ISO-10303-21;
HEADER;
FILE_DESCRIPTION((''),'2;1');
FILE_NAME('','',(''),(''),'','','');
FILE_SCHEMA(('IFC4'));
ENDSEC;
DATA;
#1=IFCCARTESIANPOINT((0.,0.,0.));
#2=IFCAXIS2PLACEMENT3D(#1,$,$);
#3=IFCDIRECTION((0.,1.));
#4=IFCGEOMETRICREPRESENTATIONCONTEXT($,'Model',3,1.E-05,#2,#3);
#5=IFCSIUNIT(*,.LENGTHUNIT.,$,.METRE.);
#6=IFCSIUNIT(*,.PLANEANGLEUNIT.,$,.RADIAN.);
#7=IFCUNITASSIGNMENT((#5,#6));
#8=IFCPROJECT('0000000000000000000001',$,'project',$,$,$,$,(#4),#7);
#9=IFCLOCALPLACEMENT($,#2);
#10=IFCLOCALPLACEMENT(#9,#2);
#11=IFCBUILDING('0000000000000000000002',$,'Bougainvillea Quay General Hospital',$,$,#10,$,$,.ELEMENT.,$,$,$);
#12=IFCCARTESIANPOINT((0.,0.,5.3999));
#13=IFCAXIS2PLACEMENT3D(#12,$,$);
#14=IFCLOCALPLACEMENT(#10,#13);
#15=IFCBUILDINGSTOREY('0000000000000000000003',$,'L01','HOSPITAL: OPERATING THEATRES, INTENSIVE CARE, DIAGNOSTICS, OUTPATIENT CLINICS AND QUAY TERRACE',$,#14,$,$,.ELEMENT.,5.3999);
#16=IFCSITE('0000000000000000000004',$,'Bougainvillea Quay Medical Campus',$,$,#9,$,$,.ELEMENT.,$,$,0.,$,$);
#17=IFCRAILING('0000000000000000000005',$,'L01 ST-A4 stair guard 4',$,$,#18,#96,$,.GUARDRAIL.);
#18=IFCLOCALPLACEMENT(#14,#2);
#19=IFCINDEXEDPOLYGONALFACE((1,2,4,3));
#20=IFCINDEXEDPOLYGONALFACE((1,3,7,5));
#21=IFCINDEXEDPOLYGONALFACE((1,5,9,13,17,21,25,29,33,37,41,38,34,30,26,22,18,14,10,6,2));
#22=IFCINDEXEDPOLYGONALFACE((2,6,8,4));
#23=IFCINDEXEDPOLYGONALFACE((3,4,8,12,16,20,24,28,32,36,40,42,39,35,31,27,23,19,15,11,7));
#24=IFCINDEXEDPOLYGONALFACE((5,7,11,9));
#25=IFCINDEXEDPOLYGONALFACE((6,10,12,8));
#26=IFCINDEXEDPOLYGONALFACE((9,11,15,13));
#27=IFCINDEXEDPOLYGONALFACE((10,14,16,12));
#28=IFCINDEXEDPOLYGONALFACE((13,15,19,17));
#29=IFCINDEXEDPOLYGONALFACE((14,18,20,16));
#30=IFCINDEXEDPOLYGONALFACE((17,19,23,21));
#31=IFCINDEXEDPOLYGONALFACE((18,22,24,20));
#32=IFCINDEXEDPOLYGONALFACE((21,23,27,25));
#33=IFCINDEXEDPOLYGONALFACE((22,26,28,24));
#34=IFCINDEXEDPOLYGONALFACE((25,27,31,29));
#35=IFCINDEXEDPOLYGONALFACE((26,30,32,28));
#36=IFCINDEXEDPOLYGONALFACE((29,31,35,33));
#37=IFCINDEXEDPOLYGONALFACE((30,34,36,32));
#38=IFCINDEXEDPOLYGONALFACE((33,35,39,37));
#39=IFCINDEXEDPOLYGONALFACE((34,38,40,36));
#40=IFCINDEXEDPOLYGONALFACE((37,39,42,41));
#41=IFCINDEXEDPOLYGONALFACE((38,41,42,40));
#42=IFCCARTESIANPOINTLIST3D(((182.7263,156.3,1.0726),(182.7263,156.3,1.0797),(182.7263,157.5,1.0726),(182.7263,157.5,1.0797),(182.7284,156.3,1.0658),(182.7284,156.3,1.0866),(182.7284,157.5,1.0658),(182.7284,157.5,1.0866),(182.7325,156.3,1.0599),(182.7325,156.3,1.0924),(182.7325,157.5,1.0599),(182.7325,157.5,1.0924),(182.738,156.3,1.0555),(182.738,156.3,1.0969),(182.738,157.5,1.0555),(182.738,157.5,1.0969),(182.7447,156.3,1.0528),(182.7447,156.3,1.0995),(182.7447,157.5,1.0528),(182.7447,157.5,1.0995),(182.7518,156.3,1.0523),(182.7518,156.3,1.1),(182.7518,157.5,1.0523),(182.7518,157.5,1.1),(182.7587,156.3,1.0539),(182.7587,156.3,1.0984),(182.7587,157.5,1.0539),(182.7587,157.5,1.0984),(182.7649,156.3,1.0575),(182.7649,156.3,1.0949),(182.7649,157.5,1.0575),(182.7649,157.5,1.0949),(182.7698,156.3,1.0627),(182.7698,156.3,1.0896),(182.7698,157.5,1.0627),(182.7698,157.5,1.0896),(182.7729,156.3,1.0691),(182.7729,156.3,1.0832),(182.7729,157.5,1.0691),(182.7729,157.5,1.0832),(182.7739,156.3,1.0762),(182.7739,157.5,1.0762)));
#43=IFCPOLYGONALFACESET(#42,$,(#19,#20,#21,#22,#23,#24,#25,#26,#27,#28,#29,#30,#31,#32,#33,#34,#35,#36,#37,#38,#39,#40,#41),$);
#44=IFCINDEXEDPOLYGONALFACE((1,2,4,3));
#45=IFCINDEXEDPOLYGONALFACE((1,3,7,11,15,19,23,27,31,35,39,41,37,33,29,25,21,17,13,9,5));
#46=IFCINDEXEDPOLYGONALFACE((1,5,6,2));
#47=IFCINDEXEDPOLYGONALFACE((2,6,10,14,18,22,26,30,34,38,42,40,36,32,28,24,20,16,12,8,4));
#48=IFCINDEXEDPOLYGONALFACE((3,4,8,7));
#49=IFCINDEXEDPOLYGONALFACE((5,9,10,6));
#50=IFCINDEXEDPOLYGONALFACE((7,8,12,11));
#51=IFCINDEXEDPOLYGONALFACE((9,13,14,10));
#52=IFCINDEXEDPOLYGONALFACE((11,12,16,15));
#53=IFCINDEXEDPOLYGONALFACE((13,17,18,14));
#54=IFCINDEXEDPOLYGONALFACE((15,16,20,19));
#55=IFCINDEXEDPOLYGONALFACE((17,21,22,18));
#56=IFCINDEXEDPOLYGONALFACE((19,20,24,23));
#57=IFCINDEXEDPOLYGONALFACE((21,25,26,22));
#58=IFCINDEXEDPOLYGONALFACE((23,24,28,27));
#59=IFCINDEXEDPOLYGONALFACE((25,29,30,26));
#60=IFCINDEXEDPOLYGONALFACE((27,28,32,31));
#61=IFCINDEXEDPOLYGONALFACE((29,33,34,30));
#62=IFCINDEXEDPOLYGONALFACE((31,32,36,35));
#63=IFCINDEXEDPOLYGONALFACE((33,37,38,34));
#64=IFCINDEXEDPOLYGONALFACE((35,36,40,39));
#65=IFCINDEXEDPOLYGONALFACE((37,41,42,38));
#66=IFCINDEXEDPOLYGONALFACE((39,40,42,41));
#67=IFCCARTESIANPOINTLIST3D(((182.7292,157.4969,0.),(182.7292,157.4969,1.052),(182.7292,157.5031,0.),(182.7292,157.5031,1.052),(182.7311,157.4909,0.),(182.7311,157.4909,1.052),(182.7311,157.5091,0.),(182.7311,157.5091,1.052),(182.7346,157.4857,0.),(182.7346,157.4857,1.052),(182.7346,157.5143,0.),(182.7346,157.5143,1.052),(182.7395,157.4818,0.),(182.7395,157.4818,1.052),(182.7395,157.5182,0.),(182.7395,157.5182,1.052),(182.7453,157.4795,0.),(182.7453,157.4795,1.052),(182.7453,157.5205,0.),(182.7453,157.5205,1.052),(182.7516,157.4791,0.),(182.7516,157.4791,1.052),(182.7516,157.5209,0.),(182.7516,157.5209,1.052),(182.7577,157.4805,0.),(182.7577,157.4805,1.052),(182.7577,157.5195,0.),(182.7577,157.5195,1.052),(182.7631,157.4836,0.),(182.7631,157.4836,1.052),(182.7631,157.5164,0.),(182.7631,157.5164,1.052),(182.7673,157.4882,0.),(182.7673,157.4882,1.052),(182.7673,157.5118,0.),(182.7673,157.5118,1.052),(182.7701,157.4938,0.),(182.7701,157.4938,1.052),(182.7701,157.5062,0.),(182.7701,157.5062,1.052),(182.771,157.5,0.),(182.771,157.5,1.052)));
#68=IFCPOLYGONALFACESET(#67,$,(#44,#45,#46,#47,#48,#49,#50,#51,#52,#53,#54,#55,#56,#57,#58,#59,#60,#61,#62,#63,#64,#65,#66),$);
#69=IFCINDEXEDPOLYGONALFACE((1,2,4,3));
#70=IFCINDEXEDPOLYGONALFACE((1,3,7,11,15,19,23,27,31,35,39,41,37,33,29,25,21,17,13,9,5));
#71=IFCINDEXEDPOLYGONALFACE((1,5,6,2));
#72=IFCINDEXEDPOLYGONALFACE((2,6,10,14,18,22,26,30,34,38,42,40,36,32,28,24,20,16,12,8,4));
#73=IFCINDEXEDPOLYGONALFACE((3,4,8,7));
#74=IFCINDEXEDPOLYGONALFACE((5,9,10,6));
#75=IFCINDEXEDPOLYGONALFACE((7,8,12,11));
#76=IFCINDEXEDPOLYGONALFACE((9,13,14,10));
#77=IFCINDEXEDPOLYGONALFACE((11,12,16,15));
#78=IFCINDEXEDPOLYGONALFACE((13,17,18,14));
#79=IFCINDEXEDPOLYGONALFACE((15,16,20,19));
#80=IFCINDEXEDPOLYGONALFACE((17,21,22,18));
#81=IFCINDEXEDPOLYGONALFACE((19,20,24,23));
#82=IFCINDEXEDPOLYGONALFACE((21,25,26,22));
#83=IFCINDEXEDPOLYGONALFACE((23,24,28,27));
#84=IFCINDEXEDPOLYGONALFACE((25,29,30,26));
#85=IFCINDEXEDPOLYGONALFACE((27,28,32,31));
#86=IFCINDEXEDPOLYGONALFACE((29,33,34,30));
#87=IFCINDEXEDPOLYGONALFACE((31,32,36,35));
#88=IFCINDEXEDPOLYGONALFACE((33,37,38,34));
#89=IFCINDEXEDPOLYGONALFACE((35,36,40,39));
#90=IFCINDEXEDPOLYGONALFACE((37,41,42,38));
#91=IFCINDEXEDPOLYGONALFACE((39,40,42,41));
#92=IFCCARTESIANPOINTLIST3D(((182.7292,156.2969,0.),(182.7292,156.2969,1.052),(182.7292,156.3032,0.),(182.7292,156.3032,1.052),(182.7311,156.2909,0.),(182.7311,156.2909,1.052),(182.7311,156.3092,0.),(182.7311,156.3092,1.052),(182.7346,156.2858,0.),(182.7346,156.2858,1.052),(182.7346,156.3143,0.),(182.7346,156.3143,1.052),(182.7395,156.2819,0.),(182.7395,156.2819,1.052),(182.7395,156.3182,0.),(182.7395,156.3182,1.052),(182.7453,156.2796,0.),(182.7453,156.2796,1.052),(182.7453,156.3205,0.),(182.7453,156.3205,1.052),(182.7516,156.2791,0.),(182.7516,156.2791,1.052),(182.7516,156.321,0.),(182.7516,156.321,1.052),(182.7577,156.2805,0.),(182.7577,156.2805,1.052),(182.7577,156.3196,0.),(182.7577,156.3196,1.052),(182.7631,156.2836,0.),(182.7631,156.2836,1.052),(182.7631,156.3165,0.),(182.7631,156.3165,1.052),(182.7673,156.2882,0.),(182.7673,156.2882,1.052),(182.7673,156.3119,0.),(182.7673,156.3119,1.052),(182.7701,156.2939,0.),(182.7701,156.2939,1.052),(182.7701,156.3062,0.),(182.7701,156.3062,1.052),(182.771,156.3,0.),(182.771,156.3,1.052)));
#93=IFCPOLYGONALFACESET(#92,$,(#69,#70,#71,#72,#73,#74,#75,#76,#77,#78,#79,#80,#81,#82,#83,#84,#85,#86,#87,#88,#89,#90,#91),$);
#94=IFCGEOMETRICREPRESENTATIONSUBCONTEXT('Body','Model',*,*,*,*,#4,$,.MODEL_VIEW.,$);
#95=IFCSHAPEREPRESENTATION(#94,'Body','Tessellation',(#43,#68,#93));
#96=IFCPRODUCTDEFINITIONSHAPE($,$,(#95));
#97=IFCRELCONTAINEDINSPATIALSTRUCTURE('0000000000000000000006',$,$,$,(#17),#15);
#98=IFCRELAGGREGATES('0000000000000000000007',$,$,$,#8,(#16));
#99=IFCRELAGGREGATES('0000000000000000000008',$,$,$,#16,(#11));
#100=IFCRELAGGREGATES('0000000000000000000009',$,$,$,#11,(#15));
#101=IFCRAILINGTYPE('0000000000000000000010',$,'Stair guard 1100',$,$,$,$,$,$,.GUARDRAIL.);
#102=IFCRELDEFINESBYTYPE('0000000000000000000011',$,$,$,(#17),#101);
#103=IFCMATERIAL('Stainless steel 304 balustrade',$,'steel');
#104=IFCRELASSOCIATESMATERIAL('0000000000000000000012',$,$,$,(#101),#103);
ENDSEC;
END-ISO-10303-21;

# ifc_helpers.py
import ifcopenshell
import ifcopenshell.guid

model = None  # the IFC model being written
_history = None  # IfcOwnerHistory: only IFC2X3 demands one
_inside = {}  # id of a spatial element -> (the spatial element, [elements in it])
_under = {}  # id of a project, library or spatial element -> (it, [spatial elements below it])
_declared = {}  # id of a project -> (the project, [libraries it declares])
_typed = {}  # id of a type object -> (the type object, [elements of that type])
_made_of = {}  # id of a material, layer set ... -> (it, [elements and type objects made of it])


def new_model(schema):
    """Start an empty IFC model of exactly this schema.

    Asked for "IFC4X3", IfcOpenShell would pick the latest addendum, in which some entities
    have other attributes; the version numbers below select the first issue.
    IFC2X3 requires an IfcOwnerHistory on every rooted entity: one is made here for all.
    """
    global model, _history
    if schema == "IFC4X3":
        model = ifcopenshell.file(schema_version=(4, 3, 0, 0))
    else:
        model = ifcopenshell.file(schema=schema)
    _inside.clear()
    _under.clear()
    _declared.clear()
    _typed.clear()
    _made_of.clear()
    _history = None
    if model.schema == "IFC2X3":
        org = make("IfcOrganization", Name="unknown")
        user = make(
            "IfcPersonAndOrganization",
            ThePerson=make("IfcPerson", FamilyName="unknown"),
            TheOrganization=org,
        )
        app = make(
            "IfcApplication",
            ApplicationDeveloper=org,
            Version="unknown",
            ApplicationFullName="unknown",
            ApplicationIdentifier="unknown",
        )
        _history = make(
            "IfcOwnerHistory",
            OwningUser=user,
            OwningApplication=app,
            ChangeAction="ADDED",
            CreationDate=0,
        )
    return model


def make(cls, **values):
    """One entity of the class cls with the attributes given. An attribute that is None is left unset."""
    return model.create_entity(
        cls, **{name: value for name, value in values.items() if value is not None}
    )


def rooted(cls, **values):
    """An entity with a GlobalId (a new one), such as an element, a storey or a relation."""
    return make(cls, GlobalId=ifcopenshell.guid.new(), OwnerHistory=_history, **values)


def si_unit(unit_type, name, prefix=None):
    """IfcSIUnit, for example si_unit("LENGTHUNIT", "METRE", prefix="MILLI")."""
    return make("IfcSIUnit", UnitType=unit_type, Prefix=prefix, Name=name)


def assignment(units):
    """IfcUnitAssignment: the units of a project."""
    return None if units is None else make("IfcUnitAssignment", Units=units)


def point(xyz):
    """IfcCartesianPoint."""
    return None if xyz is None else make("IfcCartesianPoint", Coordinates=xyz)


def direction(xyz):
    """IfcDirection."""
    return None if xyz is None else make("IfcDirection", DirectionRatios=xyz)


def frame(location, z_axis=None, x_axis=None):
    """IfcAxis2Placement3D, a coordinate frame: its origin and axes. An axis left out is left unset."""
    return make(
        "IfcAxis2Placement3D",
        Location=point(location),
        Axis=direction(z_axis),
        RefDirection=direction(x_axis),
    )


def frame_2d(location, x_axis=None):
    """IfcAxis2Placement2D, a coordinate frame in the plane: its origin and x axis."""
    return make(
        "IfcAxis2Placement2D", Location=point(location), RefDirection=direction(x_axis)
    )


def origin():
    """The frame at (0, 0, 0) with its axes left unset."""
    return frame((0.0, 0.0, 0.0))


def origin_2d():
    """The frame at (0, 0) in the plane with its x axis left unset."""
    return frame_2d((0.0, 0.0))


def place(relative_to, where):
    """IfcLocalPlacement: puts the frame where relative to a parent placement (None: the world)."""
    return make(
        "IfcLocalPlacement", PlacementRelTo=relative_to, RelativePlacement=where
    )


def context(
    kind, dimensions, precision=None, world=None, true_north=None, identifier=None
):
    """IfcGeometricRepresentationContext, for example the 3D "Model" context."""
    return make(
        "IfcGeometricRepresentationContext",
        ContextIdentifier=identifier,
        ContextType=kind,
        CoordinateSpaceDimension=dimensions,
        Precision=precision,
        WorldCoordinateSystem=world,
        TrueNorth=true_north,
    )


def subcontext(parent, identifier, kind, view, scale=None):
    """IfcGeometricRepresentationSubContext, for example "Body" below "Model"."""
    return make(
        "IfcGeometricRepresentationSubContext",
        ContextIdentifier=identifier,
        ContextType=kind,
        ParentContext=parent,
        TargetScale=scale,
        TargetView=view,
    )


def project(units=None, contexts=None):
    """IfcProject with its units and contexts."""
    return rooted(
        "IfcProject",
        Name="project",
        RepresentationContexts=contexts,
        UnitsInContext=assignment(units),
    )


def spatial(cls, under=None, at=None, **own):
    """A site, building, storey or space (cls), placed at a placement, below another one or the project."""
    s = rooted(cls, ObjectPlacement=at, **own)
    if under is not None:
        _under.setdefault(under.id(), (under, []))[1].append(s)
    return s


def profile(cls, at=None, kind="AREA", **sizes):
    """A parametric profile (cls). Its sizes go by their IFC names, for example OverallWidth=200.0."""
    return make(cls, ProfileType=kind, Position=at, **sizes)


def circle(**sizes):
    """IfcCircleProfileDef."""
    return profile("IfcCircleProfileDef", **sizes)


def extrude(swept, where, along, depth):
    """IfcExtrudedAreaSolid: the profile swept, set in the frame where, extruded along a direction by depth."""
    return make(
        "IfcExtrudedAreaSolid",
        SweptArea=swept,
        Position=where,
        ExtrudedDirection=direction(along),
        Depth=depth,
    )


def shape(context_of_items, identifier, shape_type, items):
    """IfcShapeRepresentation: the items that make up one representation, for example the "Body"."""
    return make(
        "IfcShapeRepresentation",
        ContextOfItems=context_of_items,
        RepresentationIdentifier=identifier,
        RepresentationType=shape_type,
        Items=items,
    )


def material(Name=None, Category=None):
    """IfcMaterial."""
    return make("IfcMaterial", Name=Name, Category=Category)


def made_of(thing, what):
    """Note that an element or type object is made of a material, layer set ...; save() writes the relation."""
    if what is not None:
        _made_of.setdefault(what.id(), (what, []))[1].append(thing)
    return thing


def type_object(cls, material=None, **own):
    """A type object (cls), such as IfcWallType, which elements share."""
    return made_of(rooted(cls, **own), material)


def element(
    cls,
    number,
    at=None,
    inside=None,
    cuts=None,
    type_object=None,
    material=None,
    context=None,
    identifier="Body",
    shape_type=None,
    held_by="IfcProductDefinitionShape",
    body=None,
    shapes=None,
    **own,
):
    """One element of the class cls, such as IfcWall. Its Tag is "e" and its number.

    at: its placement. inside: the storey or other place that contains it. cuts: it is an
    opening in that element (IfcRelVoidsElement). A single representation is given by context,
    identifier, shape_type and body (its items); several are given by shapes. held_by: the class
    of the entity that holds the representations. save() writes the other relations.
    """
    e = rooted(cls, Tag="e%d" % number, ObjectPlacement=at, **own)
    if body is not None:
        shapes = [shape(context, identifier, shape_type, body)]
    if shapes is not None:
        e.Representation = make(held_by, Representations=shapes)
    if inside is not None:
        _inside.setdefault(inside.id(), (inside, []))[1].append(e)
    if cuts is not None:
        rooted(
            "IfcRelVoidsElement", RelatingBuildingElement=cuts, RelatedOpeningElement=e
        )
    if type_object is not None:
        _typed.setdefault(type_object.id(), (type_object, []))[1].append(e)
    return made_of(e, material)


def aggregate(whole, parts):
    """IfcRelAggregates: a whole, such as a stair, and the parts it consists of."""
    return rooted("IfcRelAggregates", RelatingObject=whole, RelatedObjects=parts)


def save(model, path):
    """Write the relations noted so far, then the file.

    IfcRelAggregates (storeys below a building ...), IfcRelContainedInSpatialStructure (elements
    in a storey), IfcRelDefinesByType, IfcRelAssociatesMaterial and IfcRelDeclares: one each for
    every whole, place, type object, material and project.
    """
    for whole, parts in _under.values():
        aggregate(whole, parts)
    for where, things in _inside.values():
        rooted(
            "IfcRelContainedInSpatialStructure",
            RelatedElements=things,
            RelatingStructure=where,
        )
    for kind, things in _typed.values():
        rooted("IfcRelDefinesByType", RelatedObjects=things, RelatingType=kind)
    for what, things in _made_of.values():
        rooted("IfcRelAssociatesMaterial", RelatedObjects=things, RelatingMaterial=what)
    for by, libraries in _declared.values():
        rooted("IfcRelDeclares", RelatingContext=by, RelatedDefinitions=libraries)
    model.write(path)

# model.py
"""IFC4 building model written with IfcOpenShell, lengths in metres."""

from ifc_helpers import new_model, si_unit, direction, frame, origin, origin_2d, place, context, subcontext, project, spatial, circle, extrude, material, type_object, element, save


model = new_model("IFC4")

# Units and contexts
model_context = context("Model", 3, precision=1e-05, world=origin(), true_north=direction((0.0, 1.0)))
body_context = subcontext(model_context, "Body", "Model", "MODEL_VIEW")
ifc_project = project(units=[si_unit("LENGTHUNIT", "METRE"), si_unit("PLANEANGLEUNIT", "RADIAN")], contexts=[model_context])

# Site, building, storey
site_placement = place(None, origin())
site = spatial("IfcSite", under=ifc_project, at=site_placement, Name="Bougainvillea Quay Medical Campus", CompositionType="ELEMENT", RefElevation=0.0)
building_placement = place(site_placement, origin())
building = spatial("IfcBuilding", under=site, at=building_placement, Name="Bougainvillea Quay General Hospital", CompositionType="ELEMENT")
storey_placement = place(building_placement, frame((0.0, 0.0, 5.3999)))
storey = spatial("IfcBuildingStorey", under=building, at=storey_placement, Name="L01", Description="HOSPITAL: OPERATING THEATRES, INTENSIVE CARE, DIAGNOSTICS, OUTPATIENT CLINICS AND QUAY TERRACE", CompositionType="ELEMENT", Elevation=5.3999)

# Railing
ifc_material_1 = material(Name="Stainless steel 304 balustrade", Category="steel")
railing_type_1 = type_object("IfcRailingType", Name="Stair guard 1100", PredefinedType="GUARDRAIL", material=ifc_material_1)
railing_1_placement = place(storey_placement, frame((182.75, 157.5, 0.0)))
element("IfcRailing", 1, at=railing_1_placement, inside=storey, type_object=railing_type_1, Name="L01 ST-A4 stair guard 4", PredefinedType="GUARDRAIL", context=body_context, shape_type="SweptSolid", body=[
    extrude(circle(Radius=0.0239, at=origin_2d()), frame((0.0, 0.0, 1.0762), z_axis=(0.0, -1.0, 0.0), x_axis=(1.0, 0.0, 0.0)), (0.0, 0.0, 1.0), 1.2),
    extrude(circle(Radius=0.021, at=origin_2d()), origin(), (0.0, 0.0, 1.0), 1.052),
    extrude(circle(Radius=0.021, at=origin_2d()), frame((0.0, -1.2, 0.0)), (0.0, 0.0, 1.0), 1.052),
])

save(model, "model.ifc")
